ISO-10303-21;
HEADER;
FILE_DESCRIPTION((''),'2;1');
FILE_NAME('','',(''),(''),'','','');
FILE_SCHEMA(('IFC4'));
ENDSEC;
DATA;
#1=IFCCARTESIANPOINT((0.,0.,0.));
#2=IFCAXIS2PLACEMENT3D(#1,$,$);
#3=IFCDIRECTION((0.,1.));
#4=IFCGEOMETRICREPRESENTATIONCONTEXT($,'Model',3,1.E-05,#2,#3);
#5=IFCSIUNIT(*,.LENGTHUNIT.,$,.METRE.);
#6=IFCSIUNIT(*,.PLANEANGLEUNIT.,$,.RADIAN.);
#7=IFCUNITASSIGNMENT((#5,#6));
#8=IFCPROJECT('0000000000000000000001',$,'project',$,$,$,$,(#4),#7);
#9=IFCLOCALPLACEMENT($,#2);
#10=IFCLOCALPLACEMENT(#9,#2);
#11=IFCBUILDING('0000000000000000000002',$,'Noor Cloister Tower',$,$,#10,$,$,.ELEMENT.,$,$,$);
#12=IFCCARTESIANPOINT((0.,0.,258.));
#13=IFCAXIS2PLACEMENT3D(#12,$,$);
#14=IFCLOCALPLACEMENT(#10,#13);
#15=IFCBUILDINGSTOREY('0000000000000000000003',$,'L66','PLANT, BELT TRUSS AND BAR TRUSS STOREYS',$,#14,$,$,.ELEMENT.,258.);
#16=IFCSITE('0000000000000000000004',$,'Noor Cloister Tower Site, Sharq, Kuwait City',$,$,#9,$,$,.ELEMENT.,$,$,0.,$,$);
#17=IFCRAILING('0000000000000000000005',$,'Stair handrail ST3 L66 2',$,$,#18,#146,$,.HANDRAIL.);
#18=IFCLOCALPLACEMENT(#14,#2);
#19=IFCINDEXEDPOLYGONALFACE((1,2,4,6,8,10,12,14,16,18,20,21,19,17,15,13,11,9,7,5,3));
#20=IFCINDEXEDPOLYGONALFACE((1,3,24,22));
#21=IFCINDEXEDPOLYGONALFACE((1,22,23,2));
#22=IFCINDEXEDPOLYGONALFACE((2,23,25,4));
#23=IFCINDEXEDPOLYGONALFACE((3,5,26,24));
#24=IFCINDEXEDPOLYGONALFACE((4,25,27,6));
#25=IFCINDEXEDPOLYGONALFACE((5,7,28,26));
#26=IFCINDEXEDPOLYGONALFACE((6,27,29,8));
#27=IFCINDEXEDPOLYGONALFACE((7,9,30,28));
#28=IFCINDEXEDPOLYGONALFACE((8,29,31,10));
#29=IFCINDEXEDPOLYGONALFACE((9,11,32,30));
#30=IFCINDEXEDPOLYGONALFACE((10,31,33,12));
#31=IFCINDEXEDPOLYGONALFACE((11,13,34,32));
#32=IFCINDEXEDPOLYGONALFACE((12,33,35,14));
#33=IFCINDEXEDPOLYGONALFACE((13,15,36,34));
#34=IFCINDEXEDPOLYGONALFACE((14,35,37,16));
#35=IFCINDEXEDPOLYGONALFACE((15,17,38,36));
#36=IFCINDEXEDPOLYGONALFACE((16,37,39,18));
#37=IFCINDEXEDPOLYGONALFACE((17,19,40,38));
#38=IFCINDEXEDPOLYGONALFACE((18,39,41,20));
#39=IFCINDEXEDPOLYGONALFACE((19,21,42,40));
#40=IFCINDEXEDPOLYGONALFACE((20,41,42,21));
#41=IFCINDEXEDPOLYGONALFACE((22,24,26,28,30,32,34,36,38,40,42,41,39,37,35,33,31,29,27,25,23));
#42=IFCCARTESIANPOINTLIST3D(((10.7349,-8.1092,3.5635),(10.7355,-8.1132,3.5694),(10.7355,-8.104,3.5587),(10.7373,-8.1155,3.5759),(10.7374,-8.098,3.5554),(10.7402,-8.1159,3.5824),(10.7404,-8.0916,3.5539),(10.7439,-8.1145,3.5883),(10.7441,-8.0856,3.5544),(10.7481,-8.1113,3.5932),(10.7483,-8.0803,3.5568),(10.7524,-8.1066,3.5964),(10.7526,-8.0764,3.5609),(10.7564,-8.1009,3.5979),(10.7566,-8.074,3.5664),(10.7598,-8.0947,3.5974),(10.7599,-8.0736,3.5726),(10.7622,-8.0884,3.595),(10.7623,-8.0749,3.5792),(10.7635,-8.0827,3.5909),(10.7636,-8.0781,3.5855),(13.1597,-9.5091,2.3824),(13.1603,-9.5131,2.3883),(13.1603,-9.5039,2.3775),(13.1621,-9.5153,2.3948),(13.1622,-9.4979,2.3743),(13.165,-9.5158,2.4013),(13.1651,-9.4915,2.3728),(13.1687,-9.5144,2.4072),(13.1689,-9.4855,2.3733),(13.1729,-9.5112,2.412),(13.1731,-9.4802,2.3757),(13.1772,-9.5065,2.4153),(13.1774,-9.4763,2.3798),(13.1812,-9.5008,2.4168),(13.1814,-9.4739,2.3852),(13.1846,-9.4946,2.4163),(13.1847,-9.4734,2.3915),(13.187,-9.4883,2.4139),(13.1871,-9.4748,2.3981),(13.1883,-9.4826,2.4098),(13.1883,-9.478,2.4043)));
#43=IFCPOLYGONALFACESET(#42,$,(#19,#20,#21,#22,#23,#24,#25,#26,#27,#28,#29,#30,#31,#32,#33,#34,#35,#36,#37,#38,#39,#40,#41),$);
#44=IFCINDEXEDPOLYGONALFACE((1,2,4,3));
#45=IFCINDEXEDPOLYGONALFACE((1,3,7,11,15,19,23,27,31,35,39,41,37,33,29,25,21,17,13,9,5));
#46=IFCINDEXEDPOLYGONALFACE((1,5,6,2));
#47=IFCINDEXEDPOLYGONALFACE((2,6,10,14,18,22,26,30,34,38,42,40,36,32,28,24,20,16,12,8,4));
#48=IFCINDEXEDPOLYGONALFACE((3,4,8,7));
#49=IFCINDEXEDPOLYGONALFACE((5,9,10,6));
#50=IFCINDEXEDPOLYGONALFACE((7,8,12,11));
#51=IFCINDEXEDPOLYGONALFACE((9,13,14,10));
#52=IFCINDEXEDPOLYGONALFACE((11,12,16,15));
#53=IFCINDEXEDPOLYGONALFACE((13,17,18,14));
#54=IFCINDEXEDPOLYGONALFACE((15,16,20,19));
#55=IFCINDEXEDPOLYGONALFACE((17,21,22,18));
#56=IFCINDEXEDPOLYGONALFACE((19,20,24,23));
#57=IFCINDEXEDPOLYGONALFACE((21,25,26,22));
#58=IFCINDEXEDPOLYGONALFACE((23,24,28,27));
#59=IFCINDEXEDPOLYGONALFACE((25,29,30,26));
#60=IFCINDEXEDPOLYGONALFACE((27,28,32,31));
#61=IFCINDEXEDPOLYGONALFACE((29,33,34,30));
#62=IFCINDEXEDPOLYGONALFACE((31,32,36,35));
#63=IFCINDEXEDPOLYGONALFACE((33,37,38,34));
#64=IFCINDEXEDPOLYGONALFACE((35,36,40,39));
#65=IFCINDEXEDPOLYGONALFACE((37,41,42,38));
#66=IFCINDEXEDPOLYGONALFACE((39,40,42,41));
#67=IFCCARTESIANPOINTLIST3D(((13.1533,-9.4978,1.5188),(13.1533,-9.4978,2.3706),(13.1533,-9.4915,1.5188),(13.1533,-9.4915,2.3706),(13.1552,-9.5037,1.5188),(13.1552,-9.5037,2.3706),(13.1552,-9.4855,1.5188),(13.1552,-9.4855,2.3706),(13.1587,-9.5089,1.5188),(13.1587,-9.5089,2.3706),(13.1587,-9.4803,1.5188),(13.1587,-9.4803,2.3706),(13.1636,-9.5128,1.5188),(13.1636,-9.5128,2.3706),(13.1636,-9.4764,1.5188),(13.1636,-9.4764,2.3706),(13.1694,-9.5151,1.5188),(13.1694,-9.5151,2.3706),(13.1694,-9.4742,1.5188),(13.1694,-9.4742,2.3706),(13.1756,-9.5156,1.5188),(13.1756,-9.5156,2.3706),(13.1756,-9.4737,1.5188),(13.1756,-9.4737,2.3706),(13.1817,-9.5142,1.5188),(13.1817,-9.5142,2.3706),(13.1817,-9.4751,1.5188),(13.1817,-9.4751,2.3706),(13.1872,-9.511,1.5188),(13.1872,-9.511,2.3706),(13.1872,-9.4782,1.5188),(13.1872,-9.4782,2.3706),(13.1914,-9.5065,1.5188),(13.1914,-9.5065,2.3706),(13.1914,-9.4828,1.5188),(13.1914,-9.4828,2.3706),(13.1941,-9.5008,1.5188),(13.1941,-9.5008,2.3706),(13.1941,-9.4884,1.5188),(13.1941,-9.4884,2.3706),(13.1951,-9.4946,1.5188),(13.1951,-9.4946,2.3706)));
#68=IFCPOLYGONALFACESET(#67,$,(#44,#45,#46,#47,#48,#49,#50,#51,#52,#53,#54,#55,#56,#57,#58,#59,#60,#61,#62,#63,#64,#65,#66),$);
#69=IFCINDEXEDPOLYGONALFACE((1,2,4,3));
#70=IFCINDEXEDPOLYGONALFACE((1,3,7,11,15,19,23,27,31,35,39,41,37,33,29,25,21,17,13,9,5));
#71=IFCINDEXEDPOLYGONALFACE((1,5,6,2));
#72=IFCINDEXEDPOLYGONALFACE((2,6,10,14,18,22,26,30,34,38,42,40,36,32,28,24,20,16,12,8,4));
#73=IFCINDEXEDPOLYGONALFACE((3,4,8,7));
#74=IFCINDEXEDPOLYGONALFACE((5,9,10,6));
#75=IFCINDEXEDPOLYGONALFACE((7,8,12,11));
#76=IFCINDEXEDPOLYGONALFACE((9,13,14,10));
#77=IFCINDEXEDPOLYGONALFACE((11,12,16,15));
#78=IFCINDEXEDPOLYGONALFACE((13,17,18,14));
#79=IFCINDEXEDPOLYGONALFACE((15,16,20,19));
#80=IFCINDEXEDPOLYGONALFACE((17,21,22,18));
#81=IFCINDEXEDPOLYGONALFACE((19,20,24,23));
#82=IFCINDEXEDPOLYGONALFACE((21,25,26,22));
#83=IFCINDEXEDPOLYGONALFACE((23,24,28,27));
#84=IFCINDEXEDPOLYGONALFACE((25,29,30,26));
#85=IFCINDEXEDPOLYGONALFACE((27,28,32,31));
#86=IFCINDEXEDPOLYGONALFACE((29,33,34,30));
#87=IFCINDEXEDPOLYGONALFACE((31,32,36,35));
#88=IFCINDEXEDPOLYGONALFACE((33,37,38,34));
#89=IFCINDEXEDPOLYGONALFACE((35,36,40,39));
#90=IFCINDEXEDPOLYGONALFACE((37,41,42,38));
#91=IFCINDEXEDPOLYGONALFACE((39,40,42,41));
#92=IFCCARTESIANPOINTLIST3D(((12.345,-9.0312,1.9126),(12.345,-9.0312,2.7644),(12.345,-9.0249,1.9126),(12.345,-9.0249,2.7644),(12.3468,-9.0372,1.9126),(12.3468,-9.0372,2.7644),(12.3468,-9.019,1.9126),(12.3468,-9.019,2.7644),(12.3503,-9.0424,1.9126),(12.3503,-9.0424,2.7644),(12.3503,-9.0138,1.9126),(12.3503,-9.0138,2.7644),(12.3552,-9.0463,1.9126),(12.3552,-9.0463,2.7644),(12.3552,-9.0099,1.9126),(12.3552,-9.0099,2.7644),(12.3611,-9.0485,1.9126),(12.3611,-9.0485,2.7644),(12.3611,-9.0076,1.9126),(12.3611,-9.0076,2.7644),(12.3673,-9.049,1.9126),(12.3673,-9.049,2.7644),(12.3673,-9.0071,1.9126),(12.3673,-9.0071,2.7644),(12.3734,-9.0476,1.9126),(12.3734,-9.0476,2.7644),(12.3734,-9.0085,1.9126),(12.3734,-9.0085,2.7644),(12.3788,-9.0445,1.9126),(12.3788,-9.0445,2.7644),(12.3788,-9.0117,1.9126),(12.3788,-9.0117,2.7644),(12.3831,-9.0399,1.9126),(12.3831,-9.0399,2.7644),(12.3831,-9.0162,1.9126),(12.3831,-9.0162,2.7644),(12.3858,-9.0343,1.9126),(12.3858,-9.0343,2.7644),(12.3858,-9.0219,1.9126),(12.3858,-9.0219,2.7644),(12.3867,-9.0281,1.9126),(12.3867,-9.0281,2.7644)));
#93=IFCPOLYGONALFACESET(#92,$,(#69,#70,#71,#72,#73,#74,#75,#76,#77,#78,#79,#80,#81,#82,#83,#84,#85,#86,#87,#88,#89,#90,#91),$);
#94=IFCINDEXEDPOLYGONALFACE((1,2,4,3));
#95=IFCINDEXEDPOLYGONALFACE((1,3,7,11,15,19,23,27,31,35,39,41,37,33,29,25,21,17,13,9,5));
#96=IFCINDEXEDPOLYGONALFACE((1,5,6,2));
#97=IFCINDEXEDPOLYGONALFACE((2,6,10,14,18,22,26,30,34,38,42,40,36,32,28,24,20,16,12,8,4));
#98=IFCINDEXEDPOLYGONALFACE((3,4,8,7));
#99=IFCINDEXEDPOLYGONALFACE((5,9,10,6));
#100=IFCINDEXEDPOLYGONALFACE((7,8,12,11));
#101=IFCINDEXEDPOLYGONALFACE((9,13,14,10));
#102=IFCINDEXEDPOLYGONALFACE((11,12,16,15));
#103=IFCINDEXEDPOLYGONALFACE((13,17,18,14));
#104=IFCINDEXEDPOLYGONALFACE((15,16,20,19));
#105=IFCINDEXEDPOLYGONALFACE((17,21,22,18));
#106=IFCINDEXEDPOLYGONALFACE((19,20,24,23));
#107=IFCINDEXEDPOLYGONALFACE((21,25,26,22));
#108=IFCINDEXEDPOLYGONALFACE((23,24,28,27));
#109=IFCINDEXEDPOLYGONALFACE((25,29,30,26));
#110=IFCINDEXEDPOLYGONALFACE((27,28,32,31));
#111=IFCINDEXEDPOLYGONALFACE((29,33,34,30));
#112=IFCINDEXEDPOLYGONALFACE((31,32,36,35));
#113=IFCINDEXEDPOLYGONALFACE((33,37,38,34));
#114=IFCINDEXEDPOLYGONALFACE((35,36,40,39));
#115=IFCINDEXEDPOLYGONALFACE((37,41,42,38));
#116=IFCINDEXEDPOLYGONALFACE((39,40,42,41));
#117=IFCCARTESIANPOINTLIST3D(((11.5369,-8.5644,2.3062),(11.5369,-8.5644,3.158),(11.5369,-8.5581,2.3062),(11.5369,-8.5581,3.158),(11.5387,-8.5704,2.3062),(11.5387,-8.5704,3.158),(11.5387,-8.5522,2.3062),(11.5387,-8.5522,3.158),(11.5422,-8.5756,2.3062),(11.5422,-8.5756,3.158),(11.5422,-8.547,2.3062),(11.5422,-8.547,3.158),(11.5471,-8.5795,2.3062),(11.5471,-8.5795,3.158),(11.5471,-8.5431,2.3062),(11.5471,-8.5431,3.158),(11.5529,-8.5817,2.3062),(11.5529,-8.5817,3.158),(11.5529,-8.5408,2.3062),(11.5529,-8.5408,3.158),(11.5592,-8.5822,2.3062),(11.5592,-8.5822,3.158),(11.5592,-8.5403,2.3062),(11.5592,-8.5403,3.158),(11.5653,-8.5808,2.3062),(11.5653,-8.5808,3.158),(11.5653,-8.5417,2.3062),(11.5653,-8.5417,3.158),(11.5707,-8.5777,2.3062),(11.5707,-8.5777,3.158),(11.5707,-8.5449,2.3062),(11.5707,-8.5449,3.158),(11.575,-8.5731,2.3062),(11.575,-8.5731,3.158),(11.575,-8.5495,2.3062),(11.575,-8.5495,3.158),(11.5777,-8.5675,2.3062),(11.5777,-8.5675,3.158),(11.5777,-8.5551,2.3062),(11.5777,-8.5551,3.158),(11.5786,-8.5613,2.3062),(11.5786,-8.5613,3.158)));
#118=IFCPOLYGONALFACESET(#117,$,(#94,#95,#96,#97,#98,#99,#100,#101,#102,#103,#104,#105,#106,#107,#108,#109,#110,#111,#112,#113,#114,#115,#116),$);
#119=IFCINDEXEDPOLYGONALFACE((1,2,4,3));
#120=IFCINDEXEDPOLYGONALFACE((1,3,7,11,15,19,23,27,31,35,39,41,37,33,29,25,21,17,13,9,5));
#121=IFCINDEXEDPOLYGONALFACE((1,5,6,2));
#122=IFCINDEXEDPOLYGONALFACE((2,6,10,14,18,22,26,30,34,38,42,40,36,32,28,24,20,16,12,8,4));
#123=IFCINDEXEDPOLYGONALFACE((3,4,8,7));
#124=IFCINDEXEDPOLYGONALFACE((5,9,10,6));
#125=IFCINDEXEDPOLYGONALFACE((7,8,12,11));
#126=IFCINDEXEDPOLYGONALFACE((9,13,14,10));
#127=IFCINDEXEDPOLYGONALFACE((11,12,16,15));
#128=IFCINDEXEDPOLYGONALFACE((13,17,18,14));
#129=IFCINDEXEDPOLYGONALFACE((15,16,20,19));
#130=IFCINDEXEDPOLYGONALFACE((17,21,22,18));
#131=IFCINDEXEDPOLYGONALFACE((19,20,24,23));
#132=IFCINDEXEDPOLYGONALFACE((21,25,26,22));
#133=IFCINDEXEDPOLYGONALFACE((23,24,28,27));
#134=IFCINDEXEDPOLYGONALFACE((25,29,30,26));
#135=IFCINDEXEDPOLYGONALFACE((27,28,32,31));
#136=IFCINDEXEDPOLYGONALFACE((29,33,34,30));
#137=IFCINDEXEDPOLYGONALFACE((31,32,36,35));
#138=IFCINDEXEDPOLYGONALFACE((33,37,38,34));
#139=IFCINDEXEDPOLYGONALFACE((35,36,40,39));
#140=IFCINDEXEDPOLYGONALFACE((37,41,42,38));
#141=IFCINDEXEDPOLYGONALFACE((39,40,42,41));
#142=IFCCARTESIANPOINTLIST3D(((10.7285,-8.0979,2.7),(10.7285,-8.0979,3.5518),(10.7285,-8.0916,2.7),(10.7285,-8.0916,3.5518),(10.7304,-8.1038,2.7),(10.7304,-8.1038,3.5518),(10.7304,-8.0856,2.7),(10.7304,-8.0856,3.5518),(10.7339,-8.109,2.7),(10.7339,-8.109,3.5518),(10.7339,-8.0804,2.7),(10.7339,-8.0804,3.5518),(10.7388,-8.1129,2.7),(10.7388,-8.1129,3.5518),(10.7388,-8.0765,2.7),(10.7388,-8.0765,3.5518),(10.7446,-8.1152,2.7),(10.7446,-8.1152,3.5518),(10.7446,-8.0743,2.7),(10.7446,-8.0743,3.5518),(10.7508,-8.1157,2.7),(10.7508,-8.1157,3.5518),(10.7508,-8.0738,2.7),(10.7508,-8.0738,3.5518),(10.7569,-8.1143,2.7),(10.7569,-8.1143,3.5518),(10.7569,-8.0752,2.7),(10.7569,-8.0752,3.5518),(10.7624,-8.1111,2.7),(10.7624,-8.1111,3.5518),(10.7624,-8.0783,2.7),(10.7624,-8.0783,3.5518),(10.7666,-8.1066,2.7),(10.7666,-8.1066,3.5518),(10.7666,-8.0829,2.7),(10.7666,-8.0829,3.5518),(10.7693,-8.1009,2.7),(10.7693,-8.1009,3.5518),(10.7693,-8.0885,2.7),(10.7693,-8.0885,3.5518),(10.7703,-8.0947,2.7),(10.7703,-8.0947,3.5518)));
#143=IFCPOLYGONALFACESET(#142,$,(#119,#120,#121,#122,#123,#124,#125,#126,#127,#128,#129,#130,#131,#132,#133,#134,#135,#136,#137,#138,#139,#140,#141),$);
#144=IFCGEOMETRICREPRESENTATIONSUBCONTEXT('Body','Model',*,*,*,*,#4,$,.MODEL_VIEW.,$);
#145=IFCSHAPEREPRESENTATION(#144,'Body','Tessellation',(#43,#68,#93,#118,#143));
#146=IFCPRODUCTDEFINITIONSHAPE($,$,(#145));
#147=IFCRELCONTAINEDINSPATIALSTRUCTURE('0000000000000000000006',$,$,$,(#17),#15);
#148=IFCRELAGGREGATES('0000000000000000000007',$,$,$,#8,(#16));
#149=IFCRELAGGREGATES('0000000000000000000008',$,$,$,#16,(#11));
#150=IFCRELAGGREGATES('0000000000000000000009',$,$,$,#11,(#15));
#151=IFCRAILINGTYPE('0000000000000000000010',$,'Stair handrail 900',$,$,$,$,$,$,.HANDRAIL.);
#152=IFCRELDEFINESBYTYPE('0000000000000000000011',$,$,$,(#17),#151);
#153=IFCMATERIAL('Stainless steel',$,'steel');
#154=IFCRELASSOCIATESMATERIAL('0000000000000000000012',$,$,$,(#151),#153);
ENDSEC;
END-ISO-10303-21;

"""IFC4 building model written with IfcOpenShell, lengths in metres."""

from ifc_helpers import new_model, si_unit, direction, frame, origin, origin_2d, place, context, subcontext, project, spatial, circle, extrude, material, type_object, element, save


model = new_model("IFC4")

# Units and contexts
model_context = context("Model", 3, precision=1e-05, world=origin(), true_north=direction((0.0, 1.0)))
body_context = subcontext(model_context, "Body", "Model", "MODEL_VIEW")
ifc_project = project(units=[si_unit("LENGTHUNIT", "METRE"), si_unit("PLANEANGLEUNIT", "RADIAN")], contexts=[model_context])

# Site, building, storey
site_placement = place(None, origin())
site = spatial("IfcSite", under=ifc_project, at=site_placement, Name="Noor Cloister Tower Site, Sharq, Kuwait City", CompositionType="ELEMENT", RefElevation=0.0)
building_placement = place(site_placement, origin())
building = spatial("IfcBuilding", under=site, at=building_placement, Name="Noor Cloister Tower", CompositionType="ELEMENT")
storey_placement = place(building_placement, frame((0.0, 0.0, 258.0)))
storey = spatial("IfcBuildingStorey", under=building, at=storey_placement, Name="L66", Description="PLANT, BELT TRUSS AND BAR TRUSS STOREYS", CompositionType="ELEMENT", Elevation=258.0)

# Railing
ifc_material_1 = material(Name="Stainless steel", Category="steel")
railing_type_1 = type_object("IfcRailingType", Name="Stair handrail 900", PredefinedType="HANDRAIL", material=ifc_material_1)
railing_1_placement = place(storey_placement, frame((13.1741, -9.4946, 1.5188)))
element("IfcRailing", 1, at=railing_1_placement, inside=storey, type_object=railing_type_1, Name="Stair handrail ST3 L66 2", PredefinedType="HANDRAIL", context=body_context, shape_type="SweptSolid", body=[
    extrude(circle(Radius=0.0239, at=origin_2d()), frame((0.0, 0.0, 0.876), z_axis=(-0.797939, 0.460671, 0.388686), x_axis=(-0.499984, -0.866035, 0.0)), (0.0, 0.0, 1.0), 3.0388),
    extrude(circle(Radius=0.021, at=origin_2d()), origin(), (0.0, 0.0, 1.0), 0.8518),
    extrude(circle(Radius=0.021, at=origin_2d()), frame((-0.8083, 0.4666, 0.3938)), (0.0, 0.0, 1.0), 0.8518),
    extrude(circle(Radius=0.021, at=origin_2d()), frame((-1.6165, 0.9333, 0.7874)), (0.0, 0.0, 1.0), 0.8518),
    extrude(circle(Radius=0.021, at=origin_2d()), frame((-2.4248, 1.3999, 1.1812)), (0.0, 0.0, 1.0), 0.8518),
])

save(model, "model.ifc")
